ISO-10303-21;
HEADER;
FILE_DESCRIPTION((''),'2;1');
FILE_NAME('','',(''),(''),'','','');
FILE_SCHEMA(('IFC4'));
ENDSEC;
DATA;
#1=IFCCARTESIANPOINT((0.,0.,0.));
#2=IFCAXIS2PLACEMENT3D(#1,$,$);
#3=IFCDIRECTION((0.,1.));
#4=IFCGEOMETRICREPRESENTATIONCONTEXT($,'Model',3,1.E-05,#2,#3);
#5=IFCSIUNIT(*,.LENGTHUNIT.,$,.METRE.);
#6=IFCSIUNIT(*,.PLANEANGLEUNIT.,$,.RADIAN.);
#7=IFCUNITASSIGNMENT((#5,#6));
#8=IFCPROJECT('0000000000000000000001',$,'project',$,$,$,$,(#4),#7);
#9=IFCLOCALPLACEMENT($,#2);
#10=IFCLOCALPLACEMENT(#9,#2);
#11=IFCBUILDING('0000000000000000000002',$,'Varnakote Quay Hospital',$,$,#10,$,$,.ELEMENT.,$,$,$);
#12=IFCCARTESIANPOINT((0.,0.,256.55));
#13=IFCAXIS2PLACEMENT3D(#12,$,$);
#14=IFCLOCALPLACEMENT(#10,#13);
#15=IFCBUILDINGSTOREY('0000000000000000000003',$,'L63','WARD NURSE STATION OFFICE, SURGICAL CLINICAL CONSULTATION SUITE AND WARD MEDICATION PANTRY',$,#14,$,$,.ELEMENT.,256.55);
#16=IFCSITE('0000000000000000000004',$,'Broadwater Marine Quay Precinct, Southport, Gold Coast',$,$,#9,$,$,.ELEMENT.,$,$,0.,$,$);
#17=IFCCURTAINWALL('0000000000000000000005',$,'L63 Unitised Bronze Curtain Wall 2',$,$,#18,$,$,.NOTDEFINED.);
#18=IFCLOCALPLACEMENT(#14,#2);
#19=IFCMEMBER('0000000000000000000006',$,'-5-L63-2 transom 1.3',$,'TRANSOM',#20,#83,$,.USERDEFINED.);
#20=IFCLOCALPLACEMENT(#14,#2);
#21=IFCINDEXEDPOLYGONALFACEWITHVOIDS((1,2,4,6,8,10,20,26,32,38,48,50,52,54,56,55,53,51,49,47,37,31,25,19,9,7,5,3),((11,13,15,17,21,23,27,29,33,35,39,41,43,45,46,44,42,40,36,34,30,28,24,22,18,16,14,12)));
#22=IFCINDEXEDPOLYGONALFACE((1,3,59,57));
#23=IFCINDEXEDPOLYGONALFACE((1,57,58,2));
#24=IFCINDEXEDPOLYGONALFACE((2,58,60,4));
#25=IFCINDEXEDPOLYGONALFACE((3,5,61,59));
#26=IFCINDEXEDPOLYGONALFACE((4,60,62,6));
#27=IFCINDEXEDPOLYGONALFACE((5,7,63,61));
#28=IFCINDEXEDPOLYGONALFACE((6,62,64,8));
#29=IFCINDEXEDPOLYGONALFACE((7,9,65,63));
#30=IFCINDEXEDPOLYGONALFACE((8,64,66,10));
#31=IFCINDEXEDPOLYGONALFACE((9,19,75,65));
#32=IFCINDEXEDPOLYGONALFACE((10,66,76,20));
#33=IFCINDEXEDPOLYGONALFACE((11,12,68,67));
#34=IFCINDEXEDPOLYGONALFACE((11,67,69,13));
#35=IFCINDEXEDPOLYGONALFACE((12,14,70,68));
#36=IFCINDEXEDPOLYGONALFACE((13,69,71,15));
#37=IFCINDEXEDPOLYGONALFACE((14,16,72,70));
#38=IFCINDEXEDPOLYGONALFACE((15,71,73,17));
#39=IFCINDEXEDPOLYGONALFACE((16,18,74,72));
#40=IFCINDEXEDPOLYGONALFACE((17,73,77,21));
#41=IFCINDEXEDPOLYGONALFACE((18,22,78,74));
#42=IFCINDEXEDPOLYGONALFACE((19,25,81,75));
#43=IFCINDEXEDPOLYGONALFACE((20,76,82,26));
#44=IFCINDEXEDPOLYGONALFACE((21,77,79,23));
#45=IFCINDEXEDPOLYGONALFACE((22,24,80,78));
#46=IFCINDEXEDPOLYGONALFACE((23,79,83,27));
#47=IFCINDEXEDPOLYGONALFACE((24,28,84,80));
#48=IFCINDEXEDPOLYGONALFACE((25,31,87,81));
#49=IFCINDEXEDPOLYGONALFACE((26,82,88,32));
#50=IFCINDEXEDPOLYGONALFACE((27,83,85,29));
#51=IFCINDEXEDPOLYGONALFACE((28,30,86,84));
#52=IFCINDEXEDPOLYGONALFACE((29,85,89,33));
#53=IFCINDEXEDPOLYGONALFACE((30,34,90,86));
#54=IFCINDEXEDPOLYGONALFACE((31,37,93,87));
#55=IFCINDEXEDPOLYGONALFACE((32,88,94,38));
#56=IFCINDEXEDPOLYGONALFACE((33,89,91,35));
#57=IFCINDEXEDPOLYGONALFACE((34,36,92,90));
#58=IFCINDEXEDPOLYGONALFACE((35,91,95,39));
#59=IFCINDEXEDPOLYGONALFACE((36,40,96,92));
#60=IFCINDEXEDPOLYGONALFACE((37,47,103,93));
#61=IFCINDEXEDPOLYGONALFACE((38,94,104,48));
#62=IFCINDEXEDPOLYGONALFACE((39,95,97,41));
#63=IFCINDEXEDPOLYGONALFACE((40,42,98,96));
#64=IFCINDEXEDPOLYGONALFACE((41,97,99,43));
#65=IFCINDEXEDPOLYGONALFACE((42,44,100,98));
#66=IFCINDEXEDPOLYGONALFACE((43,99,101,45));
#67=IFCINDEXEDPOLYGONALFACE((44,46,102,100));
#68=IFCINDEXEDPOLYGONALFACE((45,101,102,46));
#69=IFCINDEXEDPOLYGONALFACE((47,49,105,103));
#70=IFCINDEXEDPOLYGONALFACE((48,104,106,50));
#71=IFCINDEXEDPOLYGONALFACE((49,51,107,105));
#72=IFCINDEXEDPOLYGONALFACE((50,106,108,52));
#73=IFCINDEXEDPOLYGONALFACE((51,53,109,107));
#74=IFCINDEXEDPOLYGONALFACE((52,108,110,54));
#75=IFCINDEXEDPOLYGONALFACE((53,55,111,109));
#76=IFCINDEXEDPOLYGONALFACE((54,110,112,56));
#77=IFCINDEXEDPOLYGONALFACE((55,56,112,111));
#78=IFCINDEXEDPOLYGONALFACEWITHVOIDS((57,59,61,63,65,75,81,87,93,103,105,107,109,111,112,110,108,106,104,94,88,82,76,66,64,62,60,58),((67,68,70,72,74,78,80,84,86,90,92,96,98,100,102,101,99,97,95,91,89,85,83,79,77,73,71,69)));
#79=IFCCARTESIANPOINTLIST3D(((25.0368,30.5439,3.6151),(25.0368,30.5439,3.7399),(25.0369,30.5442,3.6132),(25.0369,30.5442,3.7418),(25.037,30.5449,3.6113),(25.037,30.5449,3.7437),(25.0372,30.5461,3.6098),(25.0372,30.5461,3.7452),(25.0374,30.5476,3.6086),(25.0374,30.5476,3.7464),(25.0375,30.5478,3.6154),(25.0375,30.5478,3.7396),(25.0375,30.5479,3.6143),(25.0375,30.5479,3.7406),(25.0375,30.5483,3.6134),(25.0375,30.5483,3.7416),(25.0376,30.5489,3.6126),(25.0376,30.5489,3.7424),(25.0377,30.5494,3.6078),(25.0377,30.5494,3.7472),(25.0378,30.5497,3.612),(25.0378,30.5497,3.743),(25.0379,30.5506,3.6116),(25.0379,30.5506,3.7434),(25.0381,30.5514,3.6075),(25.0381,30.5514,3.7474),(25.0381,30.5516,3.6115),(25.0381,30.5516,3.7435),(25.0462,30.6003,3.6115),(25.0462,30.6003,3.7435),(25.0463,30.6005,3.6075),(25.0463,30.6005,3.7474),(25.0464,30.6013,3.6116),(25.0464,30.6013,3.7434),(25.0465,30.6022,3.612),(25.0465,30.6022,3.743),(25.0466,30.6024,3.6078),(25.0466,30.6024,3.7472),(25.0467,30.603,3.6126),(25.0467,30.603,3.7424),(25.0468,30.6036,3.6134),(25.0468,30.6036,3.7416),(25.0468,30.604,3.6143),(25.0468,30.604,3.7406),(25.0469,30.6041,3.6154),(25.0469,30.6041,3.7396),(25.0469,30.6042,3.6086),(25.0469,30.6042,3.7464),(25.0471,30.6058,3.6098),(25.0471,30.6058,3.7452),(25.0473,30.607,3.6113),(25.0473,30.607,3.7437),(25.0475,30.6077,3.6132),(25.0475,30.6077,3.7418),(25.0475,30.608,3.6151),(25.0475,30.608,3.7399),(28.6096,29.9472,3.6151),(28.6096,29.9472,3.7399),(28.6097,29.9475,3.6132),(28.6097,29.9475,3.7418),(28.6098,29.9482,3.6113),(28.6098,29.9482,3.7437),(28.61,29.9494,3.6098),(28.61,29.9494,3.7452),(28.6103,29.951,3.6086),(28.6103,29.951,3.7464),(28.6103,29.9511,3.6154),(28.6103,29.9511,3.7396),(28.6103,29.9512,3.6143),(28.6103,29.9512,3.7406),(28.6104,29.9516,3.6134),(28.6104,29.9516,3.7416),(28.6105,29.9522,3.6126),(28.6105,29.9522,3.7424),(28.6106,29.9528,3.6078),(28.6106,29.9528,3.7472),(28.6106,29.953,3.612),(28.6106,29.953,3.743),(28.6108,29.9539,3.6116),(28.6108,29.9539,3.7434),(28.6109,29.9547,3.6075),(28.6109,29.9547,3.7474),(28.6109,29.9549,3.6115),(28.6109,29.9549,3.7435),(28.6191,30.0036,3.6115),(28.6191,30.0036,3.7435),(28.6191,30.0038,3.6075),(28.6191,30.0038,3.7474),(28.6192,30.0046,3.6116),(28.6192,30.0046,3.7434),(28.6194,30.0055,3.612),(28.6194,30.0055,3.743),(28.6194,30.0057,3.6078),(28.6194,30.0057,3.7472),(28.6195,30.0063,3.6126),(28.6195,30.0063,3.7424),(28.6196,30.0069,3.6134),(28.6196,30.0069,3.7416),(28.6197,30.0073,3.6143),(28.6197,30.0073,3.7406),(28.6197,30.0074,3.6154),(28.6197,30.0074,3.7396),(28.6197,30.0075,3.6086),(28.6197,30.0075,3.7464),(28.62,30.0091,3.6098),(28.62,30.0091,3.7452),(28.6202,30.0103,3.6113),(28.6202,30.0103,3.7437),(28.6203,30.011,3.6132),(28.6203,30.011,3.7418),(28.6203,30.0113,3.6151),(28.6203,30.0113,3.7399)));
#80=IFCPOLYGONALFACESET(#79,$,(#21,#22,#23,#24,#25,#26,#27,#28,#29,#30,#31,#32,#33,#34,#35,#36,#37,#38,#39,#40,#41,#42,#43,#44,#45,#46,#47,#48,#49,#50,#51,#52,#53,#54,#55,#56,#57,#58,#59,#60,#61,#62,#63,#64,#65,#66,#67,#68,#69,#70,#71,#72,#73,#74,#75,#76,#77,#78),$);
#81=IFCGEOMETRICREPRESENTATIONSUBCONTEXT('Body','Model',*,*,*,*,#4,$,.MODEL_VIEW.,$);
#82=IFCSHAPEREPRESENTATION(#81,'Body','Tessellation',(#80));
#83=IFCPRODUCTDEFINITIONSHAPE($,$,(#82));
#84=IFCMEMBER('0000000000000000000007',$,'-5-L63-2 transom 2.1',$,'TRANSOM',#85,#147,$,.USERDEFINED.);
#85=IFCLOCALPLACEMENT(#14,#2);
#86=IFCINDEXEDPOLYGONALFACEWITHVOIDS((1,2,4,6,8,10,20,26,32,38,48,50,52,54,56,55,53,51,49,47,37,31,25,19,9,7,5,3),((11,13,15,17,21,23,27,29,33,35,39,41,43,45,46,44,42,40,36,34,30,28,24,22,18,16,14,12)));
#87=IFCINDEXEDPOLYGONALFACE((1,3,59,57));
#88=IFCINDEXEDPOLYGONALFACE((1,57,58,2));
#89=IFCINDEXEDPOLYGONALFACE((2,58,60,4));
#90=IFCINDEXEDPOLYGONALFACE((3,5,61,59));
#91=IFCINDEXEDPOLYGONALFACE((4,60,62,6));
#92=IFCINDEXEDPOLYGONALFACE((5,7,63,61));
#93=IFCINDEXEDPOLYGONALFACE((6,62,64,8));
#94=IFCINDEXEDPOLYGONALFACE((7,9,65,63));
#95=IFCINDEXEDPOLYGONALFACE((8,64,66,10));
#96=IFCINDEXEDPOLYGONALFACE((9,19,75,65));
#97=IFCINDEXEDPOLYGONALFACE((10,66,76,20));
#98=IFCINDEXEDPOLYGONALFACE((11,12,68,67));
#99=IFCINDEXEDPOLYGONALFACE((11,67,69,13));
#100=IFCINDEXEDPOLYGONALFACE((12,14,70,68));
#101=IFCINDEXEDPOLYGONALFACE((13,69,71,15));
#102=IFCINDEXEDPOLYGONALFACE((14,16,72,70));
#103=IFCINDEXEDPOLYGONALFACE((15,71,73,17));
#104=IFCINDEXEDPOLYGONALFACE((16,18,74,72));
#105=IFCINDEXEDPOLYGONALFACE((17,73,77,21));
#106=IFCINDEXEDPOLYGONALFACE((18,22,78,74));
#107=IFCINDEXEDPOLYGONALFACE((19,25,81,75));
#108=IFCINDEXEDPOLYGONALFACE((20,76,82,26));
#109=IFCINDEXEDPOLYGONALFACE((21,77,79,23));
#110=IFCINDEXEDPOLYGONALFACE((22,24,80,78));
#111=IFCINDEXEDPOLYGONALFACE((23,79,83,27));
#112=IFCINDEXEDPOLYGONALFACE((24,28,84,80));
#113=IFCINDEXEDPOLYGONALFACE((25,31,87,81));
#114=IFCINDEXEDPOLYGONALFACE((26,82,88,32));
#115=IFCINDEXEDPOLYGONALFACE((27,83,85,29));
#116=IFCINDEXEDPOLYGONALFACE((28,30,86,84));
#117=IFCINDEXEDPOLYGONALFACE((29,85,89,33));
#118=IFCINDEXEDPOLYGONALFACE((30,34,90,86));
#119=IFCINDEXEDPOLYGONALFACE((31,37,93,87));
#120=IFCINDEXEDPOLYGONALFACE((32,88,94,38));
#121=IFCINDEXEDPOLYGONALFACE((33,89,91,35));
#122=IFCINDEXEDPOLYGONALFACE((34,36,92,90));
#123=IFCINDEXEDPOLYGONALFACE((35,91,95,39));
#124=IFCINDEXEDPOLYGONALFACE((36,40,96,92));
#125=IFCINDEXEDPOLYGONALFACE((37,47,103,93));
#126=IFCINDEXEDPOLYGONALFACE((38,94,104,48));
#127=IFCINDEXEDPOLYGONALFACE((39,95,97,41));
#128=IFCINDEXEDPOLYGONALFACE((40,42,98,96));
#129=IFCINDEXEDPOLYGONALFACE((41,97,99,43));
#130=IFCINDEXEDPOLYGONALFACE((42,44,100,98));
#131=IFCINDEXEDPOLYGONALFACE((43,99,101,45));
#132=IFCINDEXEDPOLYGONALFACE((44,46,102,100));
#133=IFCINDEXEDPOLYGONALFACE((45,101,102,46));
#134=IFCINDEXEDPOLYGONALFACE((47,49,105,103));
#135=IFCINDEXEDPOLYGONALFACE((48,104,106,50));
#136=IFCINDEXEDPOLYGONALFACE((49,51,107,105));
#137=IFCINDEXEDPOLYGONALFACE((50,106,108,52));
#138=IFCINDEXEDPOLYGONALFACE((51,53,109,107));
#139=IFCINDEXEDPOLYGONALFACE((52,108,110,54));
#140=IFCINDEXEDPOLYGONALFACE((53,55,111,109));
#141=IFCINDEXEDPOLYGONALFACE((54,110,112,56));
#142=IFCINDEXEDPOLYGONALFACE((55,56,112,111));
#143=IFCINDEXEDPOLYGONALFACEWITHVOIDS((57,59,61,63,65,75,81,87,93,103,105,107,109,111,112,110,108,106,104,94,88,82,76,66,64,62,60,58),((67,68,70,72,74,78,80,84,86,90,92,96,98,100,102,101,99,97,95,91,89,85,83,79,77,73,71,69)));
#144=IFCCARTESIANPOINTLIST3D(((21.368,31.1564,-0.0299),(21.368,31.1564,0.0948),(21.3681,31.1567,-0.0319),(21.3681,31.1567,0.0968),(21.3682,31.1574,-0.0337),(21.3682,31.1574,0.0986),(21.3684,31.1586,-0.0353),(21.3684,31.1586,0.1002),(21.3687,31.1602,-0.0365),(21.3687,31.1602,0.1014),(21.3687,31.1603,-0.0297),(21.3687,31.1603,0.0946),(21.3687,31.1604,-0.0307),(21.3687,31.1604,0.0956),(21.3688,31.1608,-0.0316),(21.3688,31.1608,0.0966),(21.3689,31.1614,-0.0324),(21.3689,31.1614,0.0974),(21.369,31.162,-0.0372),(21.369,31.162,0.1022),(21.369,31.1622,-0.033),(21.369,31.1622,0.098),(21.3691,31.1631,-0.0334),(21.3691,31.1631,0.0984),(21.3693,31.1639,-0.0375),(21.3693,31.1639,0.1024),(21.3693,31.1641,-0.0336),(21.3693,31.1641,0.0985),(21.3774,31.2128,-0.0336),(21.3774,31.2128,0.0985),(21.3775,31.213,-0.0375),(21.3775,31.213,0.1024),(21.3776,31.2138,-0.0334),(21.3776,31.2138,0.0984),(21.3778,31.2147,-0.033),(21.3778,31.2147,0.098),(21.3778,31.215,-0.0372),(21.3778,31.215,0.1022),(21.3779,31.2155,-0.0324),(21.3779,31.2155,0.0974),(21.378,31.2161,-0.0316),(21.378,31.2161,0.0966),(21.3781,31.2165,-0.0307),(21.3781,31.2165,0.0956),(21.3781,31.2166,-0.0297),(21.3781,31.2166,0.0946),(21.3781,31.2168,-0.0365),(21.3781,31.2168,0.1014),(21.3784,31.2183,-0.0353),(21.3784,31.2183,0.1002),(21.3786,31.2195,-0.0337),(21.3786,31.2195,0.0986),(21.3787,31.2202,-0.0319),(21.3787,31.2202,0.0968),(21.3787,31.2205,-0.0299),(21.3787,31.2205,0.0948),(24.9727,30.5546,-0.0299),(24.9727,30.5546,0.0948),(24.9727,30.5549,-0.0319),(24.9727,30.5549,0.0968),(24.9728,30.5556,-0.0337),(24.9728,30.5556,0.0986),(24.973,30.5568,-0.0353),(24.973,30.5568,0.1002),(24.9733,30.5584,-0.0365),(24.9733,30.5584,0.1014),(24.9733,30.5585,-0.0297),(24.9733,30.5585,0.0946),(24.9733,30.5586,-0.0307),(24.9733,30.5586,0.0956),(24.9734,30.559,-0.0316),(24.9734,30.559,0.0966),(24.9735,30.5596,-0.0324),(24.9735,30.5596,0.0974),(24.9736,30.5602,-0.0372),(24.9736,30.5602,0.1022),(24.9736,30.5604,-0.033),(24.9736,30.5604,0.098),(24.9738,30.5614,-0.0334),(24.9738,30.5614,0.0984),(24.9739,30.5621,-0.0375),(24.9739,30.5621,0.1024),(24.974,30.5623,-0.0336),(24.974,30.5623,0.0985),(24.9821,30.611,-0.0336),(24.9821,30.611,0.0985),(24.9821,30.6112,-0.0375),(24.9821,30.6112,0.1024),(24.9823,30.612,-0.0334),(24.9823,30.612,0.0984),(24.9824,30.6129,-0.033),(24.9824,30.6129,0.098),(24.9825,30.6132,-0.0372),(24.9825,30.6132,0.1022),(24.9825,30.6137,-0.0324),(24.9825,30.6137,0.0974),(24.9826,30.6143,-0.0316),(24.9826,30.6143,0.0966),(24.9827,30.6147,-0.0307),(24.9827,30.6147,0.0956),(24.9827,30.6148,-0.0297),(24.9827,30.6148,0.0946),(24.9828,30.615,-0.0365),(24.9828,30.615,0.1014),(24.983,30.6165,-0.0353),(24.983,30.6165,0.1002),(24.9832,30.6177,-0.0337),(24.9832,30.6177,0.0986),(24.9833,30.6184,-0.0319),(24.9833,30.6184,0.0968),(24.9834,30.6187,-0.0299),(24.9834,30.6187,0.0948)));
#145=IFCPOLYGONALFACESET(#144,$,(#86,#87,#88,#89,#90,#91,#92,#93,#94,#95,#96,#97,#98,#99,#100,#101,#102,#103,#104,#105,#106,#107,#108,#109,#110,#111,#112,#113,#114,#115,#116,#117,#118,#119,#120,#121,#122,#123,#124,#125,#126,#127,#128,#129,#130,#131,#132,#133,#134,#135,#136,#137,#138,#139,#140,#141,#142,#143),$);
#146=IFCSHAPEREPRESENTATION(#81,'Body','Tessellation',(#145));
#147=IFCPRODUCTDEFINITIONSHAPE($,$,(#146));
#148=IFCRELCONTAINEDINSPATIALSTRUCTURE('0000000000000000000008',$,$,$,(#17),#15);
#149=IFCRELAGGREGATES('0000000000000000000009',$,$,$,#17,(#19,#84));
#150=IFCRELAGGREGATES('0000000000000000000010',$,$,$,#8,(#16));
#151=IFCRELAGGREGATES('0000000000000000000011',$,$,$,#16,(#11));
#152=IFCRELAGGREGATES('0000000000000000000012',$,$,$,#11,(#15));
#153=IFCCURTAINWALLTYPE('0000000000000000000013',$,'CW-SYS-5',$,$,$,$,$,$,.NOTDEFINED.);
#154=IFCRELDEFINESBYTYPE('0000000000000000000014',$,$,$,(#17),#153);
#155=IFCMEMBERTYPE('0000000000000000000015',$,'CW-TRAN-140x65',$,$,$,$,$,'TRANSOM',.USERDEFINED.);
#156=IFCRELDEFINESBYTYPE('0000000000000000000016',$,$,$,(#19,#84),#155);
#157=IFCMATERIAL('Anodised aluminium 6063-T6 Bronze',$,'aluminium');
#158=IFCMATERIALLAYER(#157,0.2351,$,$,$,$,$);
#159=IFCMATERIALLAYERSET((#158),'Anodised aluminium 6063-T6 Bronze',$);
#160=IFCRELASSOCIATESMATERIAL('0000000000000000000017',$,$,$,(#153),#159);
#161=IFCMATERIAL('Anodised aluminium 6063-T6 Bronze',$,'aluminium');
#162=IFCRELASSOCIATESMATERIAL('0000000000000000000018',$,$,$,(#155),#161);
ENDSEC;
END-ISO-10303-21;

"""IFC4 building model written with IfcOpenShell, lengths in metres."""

from ifc_helpers import new_model, si_unit, direction, frame, origin, origin_2d, place, context, subcontext, project, spatial, hollow_rectangle, extrude, material, layer, layer_set, material_profile, profile_set, type_object, element, aggregate, save


model = new_model("IFC4")

# Units and contexts
model_context = context("Model", 3, precision=1e-05, world=origin(), true_north=direction((0.0, 1.0)))
body_context = subcontext(model_context, "Body", "Model", "MODEL_VIEW")
ifc_project = project(units=[si_unit("LENGTHUNIT", "METRE"), si_unit("PLANEANGLEUNIT", "RADIAN")], contexts=[model_context])

# Site, building, storey
site_placement = place(None, origin())
site = spatial("IfcSite", under=ifc_project, at=site_placement, Name="Broadwater Marine Quay Precinct, Southport, Gold Coast", CompositionType="ELEMENT", RefElevation=0.0)
building_placement = place(site_placement, origin())
building = spatial("IfcBuilding", under=site, at=building_placement, Name="Varnakote Quay Hospital", CompositionType="ELEMENT")
storey_placement = place(building_placement, frame((0.0, 0.0, 256.55)))
storey = spatial("IfcBuildingStorey", under=building, at=storey_placement, Name="L63", Description="WARD NURSE STATION OFFICE, SURGICAL CLINICAL CONSULTATION SUITE AND WARD MEDICATION PANTRY", CompositionType="ELEMENT", Elevation=256.55)

# Shared definitions
ifc_material_1 = material(Name="Anodised aluminium 6063-T6 Bronze", Category="aluminium")
ifc_layer_1 = layer(ifc_material_1, 0.2351)
ifc_layer_set_1 = layer_set([ifc_layer_1], Name="Anodised aluminium 6063-T6 Bronze")
curtain_wall_type = type_object("IfcCurtainWallType", Name="CW-SYS-5", PredefinedType="NOTDEFINED", material=ifc_layer_set_1)

# Curtain wall, members
curtain_wall_1_placement = place(storey_placement, origin())
curtain_wall_1 = element("IfcCurtainWall", 1, at=curtain_wall_1_placement, inside=storey, type_object=curtain_wall_type, Name="L63 Unitised Bronze Curtain Wall 2", PredefinedType="NOTDEFINED")
ifc_material_2 = material(Name="Anodised aluminium 6063-T6 Bronze", Category="aluminium")
ifc_material_profile_1 = material_profile(ifc_material_2, hollow_rectangle(XDim=0.0649, YDim=0.1399, WallThickness=0.0039, InnerFilletRadius=0.0039, OuterFilletRadius=0.0076, at=origin_2d()), Name="CW-TRAN-140x65")
ifc_profile_set_1 = profile_set([ifc_material_profile_1], Name="Anodised aluminium 6063-T6 Bronze")
member_type_1 = type_object("IfcMemberType", Name="CW-TRAN-140x65", ElementType="TRANSOM", PredefinedType="USERDEFINED", material=ifc_profile_set_1)
member_1_placement = place(storey_placement, frame((28.615, 29.9792, 3.6775), z_axis=(-0.986339, 0.164727, 0.0), x_axis=(-0.164727, -0.986339, 0.0)))
member_1 = element("IfcMember", 2, at=member_1_placement, type_object=member_type_1, Name="-5-L63-2 transom 1.3", ObjectType="TRANSOM", PredefinedType="USERDEFINED", context=body_context, shape_type="SweptSolid", body=[
    extrude(hollow_rectangle(XDim=0.0649, YDim=0.1399, WallThickness=0.0039, InnerFilletRadius=0.0039, OuterFilletRadius=0.0076, at=origin_2d()), origin(), (0.0, 0.0, 1.0), 3.6223),
])
member_2_placement = place(storey_placement, frame((24.978, 30.5867, 0.0325), z_axis=(-0.986349, 0.16467, 0.0), x_axis=(-0.16467, -0.986349, 0.0)))
member_2 = element("IfcMember", 3, at=member_2_placement, type_object=member_type_1, Name="-5-L63-2 transom 2.1", ObjectType="TRANSOM", PredefinedType="USERDEFINED", context=body_context, shape_type="SweptSolid", body=[
    extrude(hollow_rectangle(XDim=0.0649, YDim=0.1399, WallThickness=0.0039, InnerFilletRadius=0.0039, OuterFilletRadius=0.0076, at=origin_2d()), origin(), (0.0, 0.0, 1.0), 3.6545),
])

aggregate(curtain_wall_1, [member_1, member_2])

save(model, "model.ifc")
